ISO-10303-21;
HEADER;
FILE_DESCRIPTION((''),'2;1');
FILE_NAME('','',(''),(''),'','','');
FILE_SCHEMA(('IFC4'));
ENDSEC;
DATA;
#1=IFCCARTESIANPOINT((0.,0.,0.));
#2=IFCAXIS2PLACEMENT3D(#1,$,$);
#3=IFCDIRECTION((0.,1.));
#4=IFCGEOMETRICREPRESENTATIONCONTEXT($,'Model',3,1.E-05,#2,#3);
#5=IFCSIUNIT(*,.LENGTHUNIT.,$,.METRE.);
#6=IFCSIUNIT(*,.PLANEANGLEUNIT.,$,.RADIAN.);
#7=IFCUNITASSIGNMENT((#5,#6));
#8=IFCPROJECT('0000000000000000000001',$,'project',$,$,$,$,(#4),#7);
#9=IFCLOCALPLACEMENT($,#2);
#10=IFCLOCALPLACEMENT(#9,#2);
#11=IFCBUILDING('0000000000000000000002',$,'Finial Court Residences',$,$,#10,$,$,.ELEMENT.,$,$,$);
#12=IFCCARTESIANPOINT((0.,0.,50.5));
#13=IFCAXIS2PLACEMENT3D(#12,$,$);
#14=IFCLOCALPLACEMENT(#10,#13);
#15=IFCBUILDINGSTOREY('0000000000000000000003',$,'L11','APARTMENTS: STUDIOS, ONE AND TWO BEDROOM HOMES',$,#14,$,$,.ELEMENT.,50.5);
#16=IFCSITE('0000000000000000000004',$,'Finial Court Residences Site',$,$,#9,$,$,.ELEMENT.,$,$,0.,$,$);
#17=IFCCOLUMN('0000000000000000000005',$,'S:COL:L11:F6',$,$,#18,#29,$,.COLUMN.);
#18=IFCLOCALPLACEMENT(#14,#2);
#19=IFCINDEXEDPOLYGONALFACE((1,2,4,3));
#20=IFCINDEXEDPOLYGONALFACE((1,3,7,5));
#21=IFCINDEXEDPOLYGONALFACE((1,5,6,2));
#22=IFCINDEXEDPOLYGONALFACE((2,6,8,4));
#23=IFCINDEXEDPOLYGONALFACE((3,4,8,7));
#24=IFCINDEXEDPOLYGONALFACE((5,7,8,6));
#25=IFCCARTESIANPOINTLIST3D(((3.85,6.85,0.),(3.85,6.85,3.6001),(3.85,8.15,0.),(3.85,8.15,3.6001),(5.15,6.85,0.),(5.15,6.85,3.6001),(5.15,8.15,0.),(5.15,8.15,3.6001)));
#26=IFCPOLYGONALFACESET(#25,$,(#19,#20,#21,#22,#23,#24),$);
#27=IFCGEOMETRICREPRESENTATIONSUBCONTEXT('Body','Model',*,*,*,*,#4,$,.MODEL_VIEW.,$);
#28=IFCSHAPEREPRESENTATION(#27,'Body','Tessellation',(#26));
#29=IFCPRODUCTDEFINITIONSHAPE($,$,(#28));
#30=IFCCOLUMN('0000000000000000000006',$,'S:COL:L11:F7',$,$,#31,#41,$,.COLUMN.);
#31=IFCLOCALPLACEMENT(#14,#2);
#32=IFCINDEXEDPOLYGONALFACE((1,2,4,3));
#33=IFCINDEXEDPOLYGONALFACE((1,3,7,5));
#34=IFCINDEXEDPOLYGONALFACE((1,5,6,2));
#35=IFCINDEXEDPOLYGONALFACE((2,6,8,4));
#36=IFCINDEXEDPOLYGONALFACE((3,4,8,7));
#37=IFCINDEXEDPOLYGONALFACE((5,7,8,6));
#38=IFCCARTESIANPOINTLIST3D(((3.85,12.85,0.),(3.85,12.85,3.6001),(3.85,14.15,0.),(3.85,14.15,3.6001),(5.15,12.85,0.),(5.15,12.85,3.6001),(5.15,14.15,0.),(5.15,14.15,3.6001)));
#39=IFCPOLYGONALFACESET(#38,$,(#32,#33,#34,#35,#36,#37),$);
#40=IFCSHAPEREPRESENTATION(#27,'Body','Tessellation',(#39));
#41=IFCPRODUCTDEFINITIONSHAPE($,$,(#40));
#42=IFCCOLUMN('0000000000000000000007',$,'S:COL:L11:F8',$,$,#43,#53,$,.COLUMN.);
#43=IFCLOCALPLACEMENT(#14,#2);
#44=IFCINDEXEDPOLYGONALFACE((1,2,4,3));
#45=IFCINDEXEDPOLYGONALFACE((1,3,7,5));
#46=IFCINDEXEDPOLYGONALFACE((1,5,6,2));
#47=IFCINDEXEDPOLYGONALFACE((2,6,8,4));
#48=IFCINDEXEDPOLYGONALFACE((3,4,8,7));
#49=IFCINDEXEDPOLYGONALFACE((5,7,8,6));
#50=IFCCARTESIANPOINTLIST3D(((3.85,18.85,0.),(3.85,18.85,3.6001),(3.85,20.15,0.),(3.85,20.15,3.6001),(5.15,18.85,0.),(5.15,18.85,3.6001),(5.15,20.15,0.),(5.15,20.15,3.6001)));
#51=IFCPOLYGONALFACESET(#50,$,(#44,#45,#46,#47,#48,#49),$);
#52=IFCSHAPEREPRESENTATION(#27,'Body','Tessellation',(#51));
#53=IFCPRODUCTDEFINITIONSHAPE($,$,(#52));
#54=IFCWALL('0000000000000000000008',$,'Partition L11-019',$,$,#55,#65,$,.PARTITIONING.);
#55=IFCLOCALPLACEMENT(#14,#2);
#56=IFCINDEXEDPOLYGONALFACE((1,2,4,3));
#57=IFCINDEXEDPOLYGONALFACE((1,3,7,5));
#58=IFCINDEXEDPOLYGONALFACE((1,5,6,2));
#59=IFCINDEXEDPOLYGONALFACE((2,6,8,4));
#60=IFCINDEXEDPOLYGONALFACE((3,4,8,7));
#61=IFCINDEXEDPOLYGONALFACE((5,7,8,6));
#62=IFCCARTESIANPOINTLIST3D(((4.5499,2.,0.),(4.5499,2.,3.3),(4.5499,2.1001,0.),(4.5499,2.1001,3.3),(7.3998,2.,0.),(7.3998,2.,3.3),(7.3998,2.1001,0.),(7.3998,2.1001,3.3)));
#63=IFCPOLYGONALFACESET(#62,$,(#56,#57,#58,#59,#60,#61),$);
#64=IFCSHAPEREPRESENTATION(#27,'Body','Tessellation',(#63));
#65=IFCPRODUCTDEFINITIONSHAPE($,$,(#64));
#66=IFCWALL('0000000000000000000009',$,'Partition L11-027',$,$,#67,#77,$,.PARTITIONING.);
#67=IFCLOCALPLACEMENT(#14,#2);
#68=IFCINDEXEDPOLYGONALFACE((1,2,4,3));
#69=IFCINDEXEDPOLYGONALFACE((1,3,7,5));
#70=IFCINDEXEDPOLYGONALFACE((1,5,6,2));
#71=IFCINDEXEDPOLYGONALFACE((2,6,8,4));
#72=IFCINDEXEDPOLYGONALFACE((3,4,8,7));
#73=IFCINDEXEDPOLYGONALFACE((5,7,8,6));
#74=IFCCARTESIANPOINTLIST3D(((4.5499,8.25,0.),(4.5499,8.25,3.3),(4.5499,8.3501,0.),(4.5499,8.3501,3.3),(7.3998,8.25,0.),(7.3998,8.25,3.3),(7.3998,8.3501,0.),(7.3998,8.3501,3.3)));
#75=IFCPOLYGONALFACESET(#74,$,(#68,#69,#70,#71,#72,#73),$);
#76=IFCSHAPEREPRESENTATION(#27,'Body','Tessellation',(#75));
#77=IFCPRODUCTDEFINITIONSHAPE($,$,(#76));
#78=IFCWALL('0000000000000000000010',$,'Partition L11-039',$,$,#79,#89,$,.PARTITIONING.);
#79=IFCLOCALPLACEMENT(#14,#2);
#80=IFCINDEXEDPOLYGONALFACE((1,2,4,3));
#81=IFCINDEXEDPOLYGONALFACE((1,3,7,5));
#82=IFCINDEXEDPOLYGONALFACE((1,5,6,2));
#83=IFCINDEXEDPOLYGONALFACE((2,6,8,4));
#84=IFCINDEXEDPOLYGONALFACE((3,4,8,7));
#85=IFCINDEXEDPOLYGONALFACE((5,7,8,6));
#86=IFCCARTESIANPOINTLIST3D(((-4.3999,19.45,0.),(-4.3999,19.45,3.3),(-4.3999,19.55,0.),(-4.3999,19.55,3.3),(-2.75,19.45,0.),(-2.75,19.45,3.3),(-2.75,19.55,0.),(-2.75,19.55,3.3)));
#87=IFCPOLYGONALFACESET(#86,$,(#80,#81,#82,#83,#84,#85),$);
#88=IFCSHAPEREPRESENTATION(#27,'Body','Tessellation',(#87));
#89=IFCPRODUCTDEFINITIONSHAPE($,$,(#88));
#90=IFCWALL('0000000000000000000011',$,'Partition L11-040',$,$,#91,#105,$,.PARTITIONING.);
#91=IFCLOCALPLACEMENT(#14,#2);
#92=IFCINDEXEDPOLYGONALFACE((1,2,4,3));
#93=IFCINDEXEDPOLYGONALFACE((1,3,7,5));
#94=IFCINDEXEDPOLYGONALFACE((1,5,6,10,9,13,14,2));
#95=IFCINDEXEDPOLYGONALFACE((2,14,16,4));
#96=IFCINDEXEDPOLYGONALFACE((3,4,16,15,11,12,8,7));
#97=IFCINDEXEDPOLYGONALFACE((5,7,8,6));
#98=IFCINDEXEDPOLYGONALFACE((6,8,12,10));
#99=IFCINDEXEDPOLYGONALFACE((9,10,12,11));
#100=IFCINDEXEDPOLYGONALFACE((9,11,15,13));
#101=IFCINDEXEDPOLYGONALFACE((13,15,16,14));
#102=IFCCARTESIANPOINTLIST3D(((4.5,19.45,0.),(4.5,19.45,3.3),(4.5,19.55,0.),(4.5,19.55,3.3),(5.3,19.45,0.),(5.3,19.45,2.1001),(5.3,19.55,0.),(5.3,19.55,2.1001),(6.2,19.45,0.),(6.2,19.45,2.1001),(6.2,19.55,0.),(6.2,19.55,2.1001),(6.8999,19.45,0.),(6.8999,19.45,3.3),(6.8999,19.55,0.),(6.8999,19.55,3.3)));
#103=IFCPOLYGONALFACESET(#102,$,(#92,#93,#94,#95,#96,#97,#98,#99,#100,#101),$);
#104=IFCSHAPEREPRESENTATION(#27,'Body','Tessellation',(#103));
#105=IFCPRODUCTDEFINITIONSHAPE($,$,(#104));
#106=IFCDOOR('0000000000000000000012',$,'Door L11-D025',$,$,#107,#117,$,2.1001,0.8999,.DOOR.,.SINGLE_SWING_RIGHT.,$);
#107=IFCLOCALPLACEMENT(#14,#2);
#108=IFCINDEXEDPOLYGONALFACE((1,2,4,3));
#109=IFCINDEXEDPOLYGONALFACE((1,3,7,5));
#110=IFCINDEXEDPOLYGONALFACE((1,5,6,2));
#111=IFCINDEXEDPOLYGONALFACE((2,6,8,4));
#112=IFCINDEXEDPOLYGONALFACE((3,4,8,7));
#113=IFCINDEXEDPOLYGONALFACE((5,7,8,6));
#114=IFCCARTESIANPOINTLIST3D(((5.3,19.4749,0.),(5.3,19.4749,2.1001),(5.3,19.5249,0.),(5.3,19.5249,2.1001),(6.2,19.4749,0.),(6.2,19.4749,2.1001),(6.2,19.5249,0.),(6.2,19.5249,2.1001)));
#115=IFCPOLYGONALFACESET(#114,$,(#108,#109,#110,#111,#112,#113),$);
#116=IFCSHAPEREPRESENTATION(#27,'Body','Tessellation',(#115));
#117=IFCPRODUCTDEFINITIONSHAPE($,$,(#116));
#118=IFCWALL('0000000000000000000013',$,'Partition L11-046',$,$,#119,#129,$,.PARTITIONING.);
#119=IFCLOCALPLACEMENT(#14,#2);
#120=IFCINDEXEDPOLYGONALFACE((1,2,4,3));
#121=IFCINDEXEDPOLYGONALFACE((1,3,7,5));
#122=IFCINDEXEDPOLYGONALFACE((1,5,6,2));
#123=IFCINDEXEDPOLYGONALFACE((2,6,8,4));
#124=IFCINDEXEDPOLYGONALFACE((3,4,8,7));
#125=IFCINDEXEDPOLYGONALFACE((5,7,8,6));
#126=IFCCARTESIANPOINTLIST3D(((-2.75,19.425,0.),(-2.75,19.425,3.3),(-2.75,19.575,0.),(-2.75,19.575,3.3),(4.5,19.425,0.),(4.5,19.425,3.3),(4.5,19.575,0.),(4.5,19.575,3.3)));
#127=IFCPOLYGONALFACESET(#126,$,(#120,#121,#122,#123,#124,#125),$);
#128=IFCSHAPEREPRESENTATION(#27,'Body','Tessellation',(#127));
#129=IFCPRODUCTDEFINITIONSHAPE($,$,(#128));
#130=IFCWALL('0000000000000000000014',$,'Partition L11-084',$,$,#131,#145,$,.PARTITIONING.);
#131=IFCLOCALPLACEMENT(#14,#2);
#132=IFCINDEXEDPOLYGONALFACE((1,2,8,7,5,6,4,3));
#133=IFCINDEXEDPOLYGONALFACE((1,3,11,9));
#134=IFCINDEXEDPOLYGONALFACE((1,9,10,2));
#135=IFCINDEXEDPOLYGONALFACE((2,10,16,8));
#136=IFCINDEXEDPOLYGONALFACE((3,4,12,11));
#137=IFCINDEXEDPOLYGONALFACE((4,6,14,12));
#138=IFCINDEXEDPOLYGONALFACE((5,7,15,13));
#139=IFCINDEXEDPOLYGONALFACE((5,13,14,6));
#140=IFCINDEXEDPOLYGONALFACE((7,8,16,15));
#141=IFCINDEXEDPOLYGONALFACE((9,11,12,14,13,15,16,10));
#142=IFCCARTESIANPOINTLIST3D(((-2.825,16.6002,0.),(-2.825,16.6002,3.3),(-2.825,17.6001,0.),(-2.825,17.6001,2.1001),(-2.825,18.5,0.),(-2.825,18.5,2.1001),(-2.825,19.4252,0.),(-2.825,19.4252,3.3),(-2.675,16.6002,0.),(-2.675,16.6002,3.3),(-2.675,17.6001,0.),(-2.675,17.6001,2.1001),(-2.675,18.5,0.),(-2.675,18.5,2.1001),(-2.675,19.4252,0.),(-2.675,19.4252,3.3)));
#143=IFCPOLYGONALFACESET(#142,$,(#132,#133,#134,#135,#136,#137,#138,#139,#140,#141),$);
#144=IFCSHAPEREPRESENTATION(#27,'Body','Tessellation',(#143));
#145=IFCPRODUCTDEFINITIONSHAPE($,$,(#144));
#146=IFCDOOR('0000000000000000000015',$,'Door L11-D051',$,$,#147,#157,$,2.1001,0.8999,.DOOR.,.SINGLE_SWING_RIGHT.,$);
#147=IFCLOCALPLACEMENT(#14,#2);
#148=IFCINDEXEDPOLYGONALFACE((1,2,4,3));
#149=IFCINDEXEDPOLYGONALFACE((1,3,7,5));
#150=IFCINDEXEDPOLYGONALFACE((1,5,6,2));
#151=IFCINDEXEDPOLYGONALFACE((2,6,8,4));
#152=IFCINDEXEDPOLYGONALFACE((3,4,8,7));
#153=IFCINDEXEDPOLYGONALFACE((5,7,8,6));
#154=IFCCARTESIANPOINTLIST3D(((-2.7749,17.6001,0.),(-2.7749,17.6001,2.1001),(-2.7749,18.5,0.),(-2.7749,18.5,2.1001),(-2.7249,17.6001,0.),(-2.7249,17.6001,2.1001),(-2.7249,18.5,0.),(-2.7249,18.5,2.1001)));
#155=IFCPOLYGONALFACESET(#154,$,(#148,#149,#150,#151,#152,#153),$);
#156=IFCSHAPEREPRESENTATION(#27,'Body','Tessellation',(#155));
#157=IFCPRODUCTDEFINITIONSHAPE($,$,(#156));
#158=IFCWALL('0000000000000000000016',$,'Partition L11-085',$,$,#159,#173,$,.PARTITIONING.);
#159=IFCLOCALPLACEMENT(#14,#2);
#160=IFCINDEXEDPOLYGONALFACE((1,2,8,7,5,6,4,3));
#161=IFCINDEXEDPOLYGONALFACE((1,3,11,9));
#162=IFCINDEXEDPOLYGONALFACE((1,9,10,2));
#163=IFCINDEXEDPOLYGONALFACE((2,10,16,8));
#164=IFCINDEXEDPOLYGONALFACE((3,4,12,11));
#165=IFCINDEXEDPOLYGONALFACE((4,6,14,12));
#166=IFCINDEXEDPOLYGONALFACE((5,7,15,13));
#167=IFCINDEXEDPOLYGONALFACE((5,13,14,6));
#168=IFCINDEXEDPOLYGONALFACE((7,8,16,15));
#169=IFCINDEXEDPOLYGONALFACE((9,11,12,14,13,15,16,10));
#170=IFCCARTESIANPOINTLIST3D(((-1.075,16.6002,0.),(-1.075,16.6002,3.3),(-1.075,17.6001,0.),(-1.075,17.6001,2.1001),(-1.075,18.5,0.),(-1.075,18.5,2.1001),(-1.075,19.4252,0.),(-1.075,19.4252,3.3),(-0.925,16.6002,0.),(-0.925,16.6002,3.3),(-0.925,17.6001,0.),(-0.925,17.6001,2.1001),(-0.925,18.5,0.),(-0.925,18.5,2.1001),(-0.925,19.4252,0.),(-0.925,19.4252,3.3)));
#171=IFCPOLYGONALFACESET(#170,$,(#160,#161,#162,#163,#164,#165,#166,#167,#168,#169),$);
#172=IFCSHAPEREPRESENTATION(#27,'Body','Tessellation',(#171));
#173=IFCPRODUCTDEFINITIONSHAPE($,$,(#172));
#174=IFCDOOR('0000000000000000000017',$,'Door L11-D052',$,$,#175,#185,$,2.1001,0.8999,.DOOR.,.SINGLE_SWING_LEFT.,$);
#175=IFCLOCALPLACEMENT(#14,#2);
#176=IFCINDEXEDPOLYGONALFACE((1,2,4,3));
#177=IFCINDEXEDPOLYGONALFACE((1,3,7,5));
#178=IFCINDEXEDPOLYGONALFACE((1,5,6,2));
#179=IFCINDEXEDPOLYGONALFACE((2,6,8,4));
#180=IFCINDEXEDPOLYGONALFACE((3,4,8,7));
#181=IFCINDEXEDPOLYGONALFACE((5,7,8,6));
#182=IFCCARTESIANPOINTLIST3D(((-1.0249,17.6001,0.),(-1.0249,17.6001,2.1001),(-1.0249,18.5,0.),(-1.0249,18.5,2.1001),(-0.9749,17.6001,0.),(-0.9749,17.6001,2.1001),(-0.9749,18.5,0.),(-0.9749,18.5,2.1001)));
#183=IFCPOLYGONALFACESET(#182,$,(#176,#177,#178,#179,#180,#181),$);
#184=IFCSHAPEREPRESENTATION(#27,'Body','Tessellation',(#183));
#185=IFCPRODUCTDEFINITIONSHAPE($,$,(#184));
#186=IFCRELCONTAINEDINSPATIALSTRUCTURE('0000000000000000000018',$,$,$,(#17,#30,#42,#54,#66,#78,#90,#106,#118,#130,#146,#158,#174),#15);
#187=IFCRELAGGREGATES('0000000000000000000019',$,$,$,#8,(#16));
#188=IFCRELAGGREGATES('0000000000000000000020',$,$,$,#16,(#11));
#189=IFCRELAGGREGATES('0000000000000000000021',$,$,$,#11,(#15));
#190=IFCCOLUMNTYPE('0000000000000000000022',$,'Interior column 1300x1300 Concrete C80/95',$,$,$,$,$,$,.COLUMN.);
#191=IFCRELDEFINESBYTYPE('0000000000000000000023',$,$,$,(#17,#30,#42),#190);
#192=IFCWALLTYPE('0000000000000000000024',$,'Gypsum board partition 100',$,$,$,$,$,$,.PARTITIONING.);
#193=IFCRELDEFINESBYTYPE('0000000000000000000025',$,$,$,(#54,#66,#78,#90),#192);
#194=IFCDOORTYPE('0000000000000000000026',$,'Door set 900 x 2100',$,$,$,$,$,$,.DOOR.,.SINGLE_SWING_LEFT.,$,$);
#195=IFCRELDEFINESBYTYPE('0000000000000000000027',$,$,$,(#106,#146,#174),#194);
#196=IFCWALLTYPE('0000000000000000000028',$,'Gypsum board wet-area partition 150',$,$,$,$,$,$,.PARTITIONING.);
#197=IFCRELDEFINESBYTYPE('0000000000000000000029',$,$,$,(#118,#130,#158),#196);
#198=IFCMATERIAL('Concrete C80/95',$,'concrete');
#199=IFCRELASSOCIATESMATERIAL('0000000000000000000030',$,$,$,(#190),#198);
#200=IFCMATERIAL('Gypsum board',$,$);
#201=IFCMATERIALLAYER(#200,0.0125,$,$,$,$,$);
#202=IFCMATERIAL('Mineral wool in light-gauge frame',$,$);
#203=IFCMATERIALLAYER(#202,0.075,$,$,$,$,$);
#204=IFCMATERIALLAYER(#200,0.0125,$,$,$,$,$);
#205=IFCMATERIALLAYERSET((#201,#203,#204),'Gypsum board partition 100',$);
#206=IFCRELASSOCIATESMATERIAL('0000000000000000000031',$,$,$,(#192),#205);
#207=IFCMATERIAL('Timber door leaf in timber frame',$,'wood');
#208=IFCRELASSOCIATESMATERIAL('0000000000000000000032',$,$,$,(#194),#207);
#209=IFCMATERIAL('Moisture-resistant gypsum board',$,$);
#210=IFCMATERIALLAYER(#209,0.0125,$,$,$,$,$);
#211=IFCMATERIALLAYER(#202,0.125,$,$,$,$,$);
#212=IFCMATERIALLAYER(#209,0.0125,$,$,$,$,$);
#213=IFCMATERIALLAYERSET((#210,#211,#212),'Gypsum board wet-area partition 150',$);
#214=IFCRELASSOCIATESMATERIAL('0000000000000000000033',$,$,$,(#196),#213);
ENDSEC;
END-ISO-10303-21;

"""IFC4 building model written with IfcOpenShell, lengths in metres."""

from ifc_helpers import new_model, si_unit, direction, frame, frame_2d, origin, origin_2d, place, context, subcontext, project, spatial, rectangle, extrude, material, layer, layer_set, material_profile, profile_set, type_object, element, fill, save


model = new_model("IFC4")

# Units and contexts
model_context = context("Model", 3, precision=1e-05, world=origin(), true_north=direction((0.0, 1.0)))
body_context = subcontext(model_context, "Body", "Model", "MODEL_VIEW")
ifc_project = project(units=[si_unit("LENGTHUNIT", "METRE"), si_unit("PLANEANGLEUNIT", "RADIAN")], contexts=[model_context])

# Site, building, storey
site_placement = place(None, origin())
site = spatial("IfcSite", under=ifc_project, at=site_placement, Name="Finial Court Residences Site", CompositionType="ELEMENT", RefElevation=0.0)
building_placement = place(site_placement, origin())
building = spatial("IfcBuilding", under=site, at=building_placement, Name="Finial Court Residences", CompositionType="ELEMENT")
storey_placement = place(building_placement, frame((0.0, 0.0, 50.5)))
storey = spatial("IfcBuildingStorey", under=building, at=storey_placement, Name="L11", Description="APARTMENTS: STUDIOS, ONE AND TWO BEDROOM HOMES", CompositionType="ELEMENT", Elevation=50.5)

# Columns
ifc_material_1 = material(Name="Concrete C80/95", Category="concrete")
ifc_material_profile = material_profile(ifc_material_1, rectangle(XDim=1.3, YDim=1.3, at=origin_2d()), Name="1300x1300")
ifc_profile_set = profile_set([ifc_material_profile], Name="Concrete C80/95")
column_type = type_object("IfcColumnType", Name="Interior column 1300x1300 Concrete C80/95", PredefinedType="COLUMN", material=ifc_profile_set)
for number, where, z_axis, x_axis, name in (
    (1, (4.5, 7.5, 0.0), (0.0, 0.0, 1.0), (1.0, 0.0, 0.0), "S:COL:L11:F6"),
    (2, (4.5, 13.5, 0.0), (0.0, 0.0, 1.0), (1.0, 0.0, 0.0), "S:COL:L11:F7"),
    (3, (4.5, 19.5, 0.0), (0.0, 0.0, 1.0), (1.0, 0.0, 0.0), "S:COL:L11:F8"),
):
    element("IfcColumn", number, at=place(storey_placement, frame(where, z_axis=z_axis, x_axis=x_axis)), inside=storey, type_object=column_type, Name=name, PredefinedType="COLUMN", context=body_context, shape_type="SweptSolid", body=[
        extrude(rectangle(XDim=1.3, YDim=1.3, at=origin_2d()), origin(), (0.0, 0.0, 1.0), 3.6001),
    ])

# Walls
ifc_material_2 = material(Name="Gypsum board")
ifc_layer_1 = layer(ifc_material_2, 0.0125)
ifc_material_3 = material(Name="Mineral wool in light-gauge frame")
ifc_layer_2 = layer(ifc_material_3, 0.075)
ifc_layer_3 = layer(ifc_material_2, 0.0125)
ifc_layer_set_1 = layer_set([ifc_layer_1, ifc_layer_2, ifc_layer_3], Name="Gypsum board partition 100")
wall_type_1 = type_object("IfcWallType", Name="Gypsum board partition 100", PredefinedType="PARTITIONING", material=ifc_layer_set_1)
for number, where, z_axis, x_axis, name in (
    (4, (4.55, 2.05, 0.0), (0.0, 0.0, 1.0), (1.0, 0.0, 0.0), "Partition L11-019"),
    (5, (4.55, 8.3, 0.0), (0.0, 0.0, 1.0), (1.0, 0.0, 0.0), "Partition L11-027"),
):
    element("IfcWall", number, at=place(storey_placement, frame(where, z_axis=z_axis, x_axis=x_axis)), inside=storey, type_object=wall_type_1, Name=name, PredefinedType="PARTITIONING", context=body_context, shape_type="SweptSolid", body=[
        extrude(rectangle(XDim=2.8499, YDim=0.1001, at=frame_2d((1.4248, 0.0))), origin(), (0.0, 0.0, 1.0), 3.3),
    ])
wall_1_placement = place(storey_placement, frame((-4.3999, 19.5, 0.0), z_axis=(0.0, 0.0, 1.0), x_axis=(1.0, 0.0, 0.0)))
element("IfcWall", 6, at=wall_1_placement, inside=storey, type_object=wall_type_1, Name="Partition L11-039", PredefinedType="PARTITIONING", context=body_context, shape_type="SweptSolid", body=[
    extrude(rectangle(XDim=1.6499, YDim=0.1001, at=frame_2d((0.825, 0.0))), origin(), (0.0, 0.0, 1.0), 3.3),
])

# Wall, opening, door
wall_2_placement = place(storey_placement, frame((4.5, 19.5, 0.0), z_axis=(0.0, 0.0, 1.0), x_axis=(1.0, 0.0, 0.0)))
wall_2 = element("IfcWall", 7, at=wall_2_placement, inside=storey, type_object=wall_type_1, Name="Partition L11-040", PredefinedType="PARTITIONING", context=body_context, shape_type="SweptSolid", body=[
    extrude(rectangle(XDim=2.3999, YDim=0.1001, at=frame_2d((1.2, 0.0))), origin(), (0.0, 0.0, 1.0), 3.3),
])
opening_1_placement = place(wall_2_placement, frame((0.8, 0.0, 0.0)))
opening_1 = element("IfcOpeningElement", 8, at=opening_1_placement, cuts=wall_2, PredefinedType="OPENING", context=body_context, shape_type="SweptSolid", body=[
    extrude(rectangle(XDim=0.8999, YDim=2.1001, at=frame_2d((0.45, 1.05))), frame((0.0, 0.0601, 0.0), z_axis=(0.0, -1.0, 0.0), x_axis=(1.0, 0.0, 0.0)), (0.0, 0.0, 1.0), 0.1201),
])
ifc_material_4 = material(Name="Timber door leaf in timber frame", Category="wood")
door_type = type_object("IfcDoorType", Name="Door set 900 x 2100", OperationType="SINGLE_SWING_LEFT", PredefinedType="DOOR", material=ifc_material_4)
door_1_placement = place(opening_1_placement, origin())
door_1 = element("IfcDoor", 9, at=door_1_placement, inside=storey, type_object=door_type, Name="Door L11-D025", OperationType="SINGLE_SWING_RIGHT", OverallHeight=2.1001, OverallWidth=0.8999, PredefinedType="DOOR", context=body_context, shape_type="SweptSolid", body=[
    extrude(rectangle(XDim=0.8999, YDim=2.1001, at=frame_2d((0.45, 1.05))), frame((0.0, 0.0249, 0.0), z_axis=(0.0, -1.0, 0.0), x_axis=(1.0, 0.0, 0.0)), (0.0, 0.0, 1.0), 0.05),
])
fill(opening_1, door_1)

# Wall
ifc_material_5 = material(Name="Moisture-resistant gypsum board")
ifc_layer_4 = layer(ifc_material_5, 0.0125)
ifc_layer_5 = layer(ifc_material_3, 0.125)
ifc_layer_6 = layer(ifc_material_5, 0.0125)
ifc_layer_set_2 = layer_set([ifc_layer_4, ifc_layer_5, ifc_layer_6], Name="Gypsum board wet-area partition 150")
wall_type_2 = type_object("IfcWallType", Name="Gypsum board wet-area partition 150", PredefinedType="PARTITIONING", material=ifc_layer_set_2)
wall_3_placement = place(storey_placement, frame((-2.75, 19.5, 0.0), z_axis=(0.0, 0.0, 1.0), x_axis=(1.0, 0.0, 0.0)))
element("IfcWall", 10, at=wall_3_placement, inside=storey, type_object=wall_type_2, Name="Partition L11-046", PredefinedType="PARTITIONING", context=body_context, shape_type="SweptSolid", body=[
    extrude(rectangle(XDim=7.25, YDim=0.1499, at=frame_2d((3.625, 0.0))), origin(), (0.0, 0.0, 1.0), 3.3),
])

# Walls, openings, doors
wall_4_placement = place(storey_placement, frame((-2.75, 16.6001, 0.0), z_axis=(0.0, 0.0, 1.0), x_axis=(0.0, 1.0, 0.0)))
wall_4 = element("IfcWall", 11, at=wall_4_placement, inside=storey, type_object=wall_type_2, Name="Partition L11-084", PredefinedType="PARTITIONING", context=body_context, shape_type="SweptSolid", body=[
    extrude(rectangle(XDim=2.825, YDim=0.1499, at=frame_2d((1.4126, 0.0))), origin(), (0.0, 0.0, 1.0), 3.3),
])
opening_2_placement = place(wall_4_placement, frame((1.0, 0.0, 0.0)))
opening_2 = element("IfcOpeningElement", 12, at=opening_2_placement, cuts=wall_4, PredefinedType="OPENING", context=body_context, shape_type="SweptSolid", body=[
    extrude(rectangle(XDim=0.8999, YDim=2.1001, at=frame_2d((0.45, 1.05))), frame((0.0, 0.085, 0.0), z_axis=(0.0, -1.0, 0.0), x_axis=(1.0, 0.0, 0.0)), (0.0, 0.0, 1.0), 0.1699),
])
door_2_placement = place(opening_2_placement, origin())
door_2 = element("IfcDoor", 13, at=door_2_placement, inside=storey, type_object=door_type, Name="Door L11-D051", OperationType="SINGLE_SWING_RIGHT", OverallHeight=2.1001, OverallWidth=0.8999, PredefinedType="DOOR", context=body_context, shape_type="SweptSolid", body=[
    extrude(rectangle(XDim=0.8999, YDim=2.1001, at=frame_2d((0.45, 1.05))), frame((0.0, 0.0249, 0.0), z_axis=(0.0, -1.0, 0.0), x_axis=(1.0, 0.0, 0.0)), (0.0, 0.0, 1.0), 0.05),
])
fill(opening_2, door_2)
wall_5_placement = place(storey_placement, frame((-1.0, 16.6001, 0.0), z_axis=(0.0, 0.0, 1.0), x_axis=(0.0, 1.0, 0.0)))
wall_5 = element("IfcWall", 14, at=wall_5_placement, inside=storey, type_object=wall_type_2, Name="Partition L11-085", PredefinedType="PARTITIONING", context=body_context, shape_type="SweptSolid", body=[
    extrude(rectangle(XDim=2.825, YDim=0.1499, at=frame_2d((1.4126, 0.0))), origin(), (0.0, 0.0, 1.0), 3.3),
])
opening_3_placement = place(wall_5_placement, frame((1.0, 0.0, 0.0)))
opening_3 = element("IfcOpeningElement", 15, at=opening_3_placement, cuts=wall_5, PredefinedType="OPENING", context=body_context, shape_type="SweptSolid", body=[
    extrude(rectangle(XDim=0.8999, YDim=2.1001, at=frame_2d((0.45, 1.05))), frame((0.0, 0.085, 0.0), z_axis=(0.0, -1.0, 0.0), x_axis=(1.0, 0.0, 0.0)), (0.0, 0.0, 1.0), 0.1699),
])
door_3_placement = place(opening_3_placement, origin())
door_3 = element("IfcDoor", 16, at=door_3_placement, inside=storey, type_object=door_type, Name="Door L11-D052", OperationType="SINGLE_SWING_LEFT", OverallHeight=2.1001, OverallWidth=0.8999, PredefinedType="DOOR", context=body_context, shape_type="SweptSolid", body=[
    extrude(rectangle(XDim=0.8999, YDim=2.1001, at=frame_2d((0.45, 1.05))), frame((0.0, 0.0249, 0.0), z_axis=(0.0, -1.0, 0.0), x_axis=(1.0, 0.0, 0.0)), (0.0, 0.0, 1.0), 0.05),
])
fill(opening_3, door_3)

save(model, "model.ifc")
